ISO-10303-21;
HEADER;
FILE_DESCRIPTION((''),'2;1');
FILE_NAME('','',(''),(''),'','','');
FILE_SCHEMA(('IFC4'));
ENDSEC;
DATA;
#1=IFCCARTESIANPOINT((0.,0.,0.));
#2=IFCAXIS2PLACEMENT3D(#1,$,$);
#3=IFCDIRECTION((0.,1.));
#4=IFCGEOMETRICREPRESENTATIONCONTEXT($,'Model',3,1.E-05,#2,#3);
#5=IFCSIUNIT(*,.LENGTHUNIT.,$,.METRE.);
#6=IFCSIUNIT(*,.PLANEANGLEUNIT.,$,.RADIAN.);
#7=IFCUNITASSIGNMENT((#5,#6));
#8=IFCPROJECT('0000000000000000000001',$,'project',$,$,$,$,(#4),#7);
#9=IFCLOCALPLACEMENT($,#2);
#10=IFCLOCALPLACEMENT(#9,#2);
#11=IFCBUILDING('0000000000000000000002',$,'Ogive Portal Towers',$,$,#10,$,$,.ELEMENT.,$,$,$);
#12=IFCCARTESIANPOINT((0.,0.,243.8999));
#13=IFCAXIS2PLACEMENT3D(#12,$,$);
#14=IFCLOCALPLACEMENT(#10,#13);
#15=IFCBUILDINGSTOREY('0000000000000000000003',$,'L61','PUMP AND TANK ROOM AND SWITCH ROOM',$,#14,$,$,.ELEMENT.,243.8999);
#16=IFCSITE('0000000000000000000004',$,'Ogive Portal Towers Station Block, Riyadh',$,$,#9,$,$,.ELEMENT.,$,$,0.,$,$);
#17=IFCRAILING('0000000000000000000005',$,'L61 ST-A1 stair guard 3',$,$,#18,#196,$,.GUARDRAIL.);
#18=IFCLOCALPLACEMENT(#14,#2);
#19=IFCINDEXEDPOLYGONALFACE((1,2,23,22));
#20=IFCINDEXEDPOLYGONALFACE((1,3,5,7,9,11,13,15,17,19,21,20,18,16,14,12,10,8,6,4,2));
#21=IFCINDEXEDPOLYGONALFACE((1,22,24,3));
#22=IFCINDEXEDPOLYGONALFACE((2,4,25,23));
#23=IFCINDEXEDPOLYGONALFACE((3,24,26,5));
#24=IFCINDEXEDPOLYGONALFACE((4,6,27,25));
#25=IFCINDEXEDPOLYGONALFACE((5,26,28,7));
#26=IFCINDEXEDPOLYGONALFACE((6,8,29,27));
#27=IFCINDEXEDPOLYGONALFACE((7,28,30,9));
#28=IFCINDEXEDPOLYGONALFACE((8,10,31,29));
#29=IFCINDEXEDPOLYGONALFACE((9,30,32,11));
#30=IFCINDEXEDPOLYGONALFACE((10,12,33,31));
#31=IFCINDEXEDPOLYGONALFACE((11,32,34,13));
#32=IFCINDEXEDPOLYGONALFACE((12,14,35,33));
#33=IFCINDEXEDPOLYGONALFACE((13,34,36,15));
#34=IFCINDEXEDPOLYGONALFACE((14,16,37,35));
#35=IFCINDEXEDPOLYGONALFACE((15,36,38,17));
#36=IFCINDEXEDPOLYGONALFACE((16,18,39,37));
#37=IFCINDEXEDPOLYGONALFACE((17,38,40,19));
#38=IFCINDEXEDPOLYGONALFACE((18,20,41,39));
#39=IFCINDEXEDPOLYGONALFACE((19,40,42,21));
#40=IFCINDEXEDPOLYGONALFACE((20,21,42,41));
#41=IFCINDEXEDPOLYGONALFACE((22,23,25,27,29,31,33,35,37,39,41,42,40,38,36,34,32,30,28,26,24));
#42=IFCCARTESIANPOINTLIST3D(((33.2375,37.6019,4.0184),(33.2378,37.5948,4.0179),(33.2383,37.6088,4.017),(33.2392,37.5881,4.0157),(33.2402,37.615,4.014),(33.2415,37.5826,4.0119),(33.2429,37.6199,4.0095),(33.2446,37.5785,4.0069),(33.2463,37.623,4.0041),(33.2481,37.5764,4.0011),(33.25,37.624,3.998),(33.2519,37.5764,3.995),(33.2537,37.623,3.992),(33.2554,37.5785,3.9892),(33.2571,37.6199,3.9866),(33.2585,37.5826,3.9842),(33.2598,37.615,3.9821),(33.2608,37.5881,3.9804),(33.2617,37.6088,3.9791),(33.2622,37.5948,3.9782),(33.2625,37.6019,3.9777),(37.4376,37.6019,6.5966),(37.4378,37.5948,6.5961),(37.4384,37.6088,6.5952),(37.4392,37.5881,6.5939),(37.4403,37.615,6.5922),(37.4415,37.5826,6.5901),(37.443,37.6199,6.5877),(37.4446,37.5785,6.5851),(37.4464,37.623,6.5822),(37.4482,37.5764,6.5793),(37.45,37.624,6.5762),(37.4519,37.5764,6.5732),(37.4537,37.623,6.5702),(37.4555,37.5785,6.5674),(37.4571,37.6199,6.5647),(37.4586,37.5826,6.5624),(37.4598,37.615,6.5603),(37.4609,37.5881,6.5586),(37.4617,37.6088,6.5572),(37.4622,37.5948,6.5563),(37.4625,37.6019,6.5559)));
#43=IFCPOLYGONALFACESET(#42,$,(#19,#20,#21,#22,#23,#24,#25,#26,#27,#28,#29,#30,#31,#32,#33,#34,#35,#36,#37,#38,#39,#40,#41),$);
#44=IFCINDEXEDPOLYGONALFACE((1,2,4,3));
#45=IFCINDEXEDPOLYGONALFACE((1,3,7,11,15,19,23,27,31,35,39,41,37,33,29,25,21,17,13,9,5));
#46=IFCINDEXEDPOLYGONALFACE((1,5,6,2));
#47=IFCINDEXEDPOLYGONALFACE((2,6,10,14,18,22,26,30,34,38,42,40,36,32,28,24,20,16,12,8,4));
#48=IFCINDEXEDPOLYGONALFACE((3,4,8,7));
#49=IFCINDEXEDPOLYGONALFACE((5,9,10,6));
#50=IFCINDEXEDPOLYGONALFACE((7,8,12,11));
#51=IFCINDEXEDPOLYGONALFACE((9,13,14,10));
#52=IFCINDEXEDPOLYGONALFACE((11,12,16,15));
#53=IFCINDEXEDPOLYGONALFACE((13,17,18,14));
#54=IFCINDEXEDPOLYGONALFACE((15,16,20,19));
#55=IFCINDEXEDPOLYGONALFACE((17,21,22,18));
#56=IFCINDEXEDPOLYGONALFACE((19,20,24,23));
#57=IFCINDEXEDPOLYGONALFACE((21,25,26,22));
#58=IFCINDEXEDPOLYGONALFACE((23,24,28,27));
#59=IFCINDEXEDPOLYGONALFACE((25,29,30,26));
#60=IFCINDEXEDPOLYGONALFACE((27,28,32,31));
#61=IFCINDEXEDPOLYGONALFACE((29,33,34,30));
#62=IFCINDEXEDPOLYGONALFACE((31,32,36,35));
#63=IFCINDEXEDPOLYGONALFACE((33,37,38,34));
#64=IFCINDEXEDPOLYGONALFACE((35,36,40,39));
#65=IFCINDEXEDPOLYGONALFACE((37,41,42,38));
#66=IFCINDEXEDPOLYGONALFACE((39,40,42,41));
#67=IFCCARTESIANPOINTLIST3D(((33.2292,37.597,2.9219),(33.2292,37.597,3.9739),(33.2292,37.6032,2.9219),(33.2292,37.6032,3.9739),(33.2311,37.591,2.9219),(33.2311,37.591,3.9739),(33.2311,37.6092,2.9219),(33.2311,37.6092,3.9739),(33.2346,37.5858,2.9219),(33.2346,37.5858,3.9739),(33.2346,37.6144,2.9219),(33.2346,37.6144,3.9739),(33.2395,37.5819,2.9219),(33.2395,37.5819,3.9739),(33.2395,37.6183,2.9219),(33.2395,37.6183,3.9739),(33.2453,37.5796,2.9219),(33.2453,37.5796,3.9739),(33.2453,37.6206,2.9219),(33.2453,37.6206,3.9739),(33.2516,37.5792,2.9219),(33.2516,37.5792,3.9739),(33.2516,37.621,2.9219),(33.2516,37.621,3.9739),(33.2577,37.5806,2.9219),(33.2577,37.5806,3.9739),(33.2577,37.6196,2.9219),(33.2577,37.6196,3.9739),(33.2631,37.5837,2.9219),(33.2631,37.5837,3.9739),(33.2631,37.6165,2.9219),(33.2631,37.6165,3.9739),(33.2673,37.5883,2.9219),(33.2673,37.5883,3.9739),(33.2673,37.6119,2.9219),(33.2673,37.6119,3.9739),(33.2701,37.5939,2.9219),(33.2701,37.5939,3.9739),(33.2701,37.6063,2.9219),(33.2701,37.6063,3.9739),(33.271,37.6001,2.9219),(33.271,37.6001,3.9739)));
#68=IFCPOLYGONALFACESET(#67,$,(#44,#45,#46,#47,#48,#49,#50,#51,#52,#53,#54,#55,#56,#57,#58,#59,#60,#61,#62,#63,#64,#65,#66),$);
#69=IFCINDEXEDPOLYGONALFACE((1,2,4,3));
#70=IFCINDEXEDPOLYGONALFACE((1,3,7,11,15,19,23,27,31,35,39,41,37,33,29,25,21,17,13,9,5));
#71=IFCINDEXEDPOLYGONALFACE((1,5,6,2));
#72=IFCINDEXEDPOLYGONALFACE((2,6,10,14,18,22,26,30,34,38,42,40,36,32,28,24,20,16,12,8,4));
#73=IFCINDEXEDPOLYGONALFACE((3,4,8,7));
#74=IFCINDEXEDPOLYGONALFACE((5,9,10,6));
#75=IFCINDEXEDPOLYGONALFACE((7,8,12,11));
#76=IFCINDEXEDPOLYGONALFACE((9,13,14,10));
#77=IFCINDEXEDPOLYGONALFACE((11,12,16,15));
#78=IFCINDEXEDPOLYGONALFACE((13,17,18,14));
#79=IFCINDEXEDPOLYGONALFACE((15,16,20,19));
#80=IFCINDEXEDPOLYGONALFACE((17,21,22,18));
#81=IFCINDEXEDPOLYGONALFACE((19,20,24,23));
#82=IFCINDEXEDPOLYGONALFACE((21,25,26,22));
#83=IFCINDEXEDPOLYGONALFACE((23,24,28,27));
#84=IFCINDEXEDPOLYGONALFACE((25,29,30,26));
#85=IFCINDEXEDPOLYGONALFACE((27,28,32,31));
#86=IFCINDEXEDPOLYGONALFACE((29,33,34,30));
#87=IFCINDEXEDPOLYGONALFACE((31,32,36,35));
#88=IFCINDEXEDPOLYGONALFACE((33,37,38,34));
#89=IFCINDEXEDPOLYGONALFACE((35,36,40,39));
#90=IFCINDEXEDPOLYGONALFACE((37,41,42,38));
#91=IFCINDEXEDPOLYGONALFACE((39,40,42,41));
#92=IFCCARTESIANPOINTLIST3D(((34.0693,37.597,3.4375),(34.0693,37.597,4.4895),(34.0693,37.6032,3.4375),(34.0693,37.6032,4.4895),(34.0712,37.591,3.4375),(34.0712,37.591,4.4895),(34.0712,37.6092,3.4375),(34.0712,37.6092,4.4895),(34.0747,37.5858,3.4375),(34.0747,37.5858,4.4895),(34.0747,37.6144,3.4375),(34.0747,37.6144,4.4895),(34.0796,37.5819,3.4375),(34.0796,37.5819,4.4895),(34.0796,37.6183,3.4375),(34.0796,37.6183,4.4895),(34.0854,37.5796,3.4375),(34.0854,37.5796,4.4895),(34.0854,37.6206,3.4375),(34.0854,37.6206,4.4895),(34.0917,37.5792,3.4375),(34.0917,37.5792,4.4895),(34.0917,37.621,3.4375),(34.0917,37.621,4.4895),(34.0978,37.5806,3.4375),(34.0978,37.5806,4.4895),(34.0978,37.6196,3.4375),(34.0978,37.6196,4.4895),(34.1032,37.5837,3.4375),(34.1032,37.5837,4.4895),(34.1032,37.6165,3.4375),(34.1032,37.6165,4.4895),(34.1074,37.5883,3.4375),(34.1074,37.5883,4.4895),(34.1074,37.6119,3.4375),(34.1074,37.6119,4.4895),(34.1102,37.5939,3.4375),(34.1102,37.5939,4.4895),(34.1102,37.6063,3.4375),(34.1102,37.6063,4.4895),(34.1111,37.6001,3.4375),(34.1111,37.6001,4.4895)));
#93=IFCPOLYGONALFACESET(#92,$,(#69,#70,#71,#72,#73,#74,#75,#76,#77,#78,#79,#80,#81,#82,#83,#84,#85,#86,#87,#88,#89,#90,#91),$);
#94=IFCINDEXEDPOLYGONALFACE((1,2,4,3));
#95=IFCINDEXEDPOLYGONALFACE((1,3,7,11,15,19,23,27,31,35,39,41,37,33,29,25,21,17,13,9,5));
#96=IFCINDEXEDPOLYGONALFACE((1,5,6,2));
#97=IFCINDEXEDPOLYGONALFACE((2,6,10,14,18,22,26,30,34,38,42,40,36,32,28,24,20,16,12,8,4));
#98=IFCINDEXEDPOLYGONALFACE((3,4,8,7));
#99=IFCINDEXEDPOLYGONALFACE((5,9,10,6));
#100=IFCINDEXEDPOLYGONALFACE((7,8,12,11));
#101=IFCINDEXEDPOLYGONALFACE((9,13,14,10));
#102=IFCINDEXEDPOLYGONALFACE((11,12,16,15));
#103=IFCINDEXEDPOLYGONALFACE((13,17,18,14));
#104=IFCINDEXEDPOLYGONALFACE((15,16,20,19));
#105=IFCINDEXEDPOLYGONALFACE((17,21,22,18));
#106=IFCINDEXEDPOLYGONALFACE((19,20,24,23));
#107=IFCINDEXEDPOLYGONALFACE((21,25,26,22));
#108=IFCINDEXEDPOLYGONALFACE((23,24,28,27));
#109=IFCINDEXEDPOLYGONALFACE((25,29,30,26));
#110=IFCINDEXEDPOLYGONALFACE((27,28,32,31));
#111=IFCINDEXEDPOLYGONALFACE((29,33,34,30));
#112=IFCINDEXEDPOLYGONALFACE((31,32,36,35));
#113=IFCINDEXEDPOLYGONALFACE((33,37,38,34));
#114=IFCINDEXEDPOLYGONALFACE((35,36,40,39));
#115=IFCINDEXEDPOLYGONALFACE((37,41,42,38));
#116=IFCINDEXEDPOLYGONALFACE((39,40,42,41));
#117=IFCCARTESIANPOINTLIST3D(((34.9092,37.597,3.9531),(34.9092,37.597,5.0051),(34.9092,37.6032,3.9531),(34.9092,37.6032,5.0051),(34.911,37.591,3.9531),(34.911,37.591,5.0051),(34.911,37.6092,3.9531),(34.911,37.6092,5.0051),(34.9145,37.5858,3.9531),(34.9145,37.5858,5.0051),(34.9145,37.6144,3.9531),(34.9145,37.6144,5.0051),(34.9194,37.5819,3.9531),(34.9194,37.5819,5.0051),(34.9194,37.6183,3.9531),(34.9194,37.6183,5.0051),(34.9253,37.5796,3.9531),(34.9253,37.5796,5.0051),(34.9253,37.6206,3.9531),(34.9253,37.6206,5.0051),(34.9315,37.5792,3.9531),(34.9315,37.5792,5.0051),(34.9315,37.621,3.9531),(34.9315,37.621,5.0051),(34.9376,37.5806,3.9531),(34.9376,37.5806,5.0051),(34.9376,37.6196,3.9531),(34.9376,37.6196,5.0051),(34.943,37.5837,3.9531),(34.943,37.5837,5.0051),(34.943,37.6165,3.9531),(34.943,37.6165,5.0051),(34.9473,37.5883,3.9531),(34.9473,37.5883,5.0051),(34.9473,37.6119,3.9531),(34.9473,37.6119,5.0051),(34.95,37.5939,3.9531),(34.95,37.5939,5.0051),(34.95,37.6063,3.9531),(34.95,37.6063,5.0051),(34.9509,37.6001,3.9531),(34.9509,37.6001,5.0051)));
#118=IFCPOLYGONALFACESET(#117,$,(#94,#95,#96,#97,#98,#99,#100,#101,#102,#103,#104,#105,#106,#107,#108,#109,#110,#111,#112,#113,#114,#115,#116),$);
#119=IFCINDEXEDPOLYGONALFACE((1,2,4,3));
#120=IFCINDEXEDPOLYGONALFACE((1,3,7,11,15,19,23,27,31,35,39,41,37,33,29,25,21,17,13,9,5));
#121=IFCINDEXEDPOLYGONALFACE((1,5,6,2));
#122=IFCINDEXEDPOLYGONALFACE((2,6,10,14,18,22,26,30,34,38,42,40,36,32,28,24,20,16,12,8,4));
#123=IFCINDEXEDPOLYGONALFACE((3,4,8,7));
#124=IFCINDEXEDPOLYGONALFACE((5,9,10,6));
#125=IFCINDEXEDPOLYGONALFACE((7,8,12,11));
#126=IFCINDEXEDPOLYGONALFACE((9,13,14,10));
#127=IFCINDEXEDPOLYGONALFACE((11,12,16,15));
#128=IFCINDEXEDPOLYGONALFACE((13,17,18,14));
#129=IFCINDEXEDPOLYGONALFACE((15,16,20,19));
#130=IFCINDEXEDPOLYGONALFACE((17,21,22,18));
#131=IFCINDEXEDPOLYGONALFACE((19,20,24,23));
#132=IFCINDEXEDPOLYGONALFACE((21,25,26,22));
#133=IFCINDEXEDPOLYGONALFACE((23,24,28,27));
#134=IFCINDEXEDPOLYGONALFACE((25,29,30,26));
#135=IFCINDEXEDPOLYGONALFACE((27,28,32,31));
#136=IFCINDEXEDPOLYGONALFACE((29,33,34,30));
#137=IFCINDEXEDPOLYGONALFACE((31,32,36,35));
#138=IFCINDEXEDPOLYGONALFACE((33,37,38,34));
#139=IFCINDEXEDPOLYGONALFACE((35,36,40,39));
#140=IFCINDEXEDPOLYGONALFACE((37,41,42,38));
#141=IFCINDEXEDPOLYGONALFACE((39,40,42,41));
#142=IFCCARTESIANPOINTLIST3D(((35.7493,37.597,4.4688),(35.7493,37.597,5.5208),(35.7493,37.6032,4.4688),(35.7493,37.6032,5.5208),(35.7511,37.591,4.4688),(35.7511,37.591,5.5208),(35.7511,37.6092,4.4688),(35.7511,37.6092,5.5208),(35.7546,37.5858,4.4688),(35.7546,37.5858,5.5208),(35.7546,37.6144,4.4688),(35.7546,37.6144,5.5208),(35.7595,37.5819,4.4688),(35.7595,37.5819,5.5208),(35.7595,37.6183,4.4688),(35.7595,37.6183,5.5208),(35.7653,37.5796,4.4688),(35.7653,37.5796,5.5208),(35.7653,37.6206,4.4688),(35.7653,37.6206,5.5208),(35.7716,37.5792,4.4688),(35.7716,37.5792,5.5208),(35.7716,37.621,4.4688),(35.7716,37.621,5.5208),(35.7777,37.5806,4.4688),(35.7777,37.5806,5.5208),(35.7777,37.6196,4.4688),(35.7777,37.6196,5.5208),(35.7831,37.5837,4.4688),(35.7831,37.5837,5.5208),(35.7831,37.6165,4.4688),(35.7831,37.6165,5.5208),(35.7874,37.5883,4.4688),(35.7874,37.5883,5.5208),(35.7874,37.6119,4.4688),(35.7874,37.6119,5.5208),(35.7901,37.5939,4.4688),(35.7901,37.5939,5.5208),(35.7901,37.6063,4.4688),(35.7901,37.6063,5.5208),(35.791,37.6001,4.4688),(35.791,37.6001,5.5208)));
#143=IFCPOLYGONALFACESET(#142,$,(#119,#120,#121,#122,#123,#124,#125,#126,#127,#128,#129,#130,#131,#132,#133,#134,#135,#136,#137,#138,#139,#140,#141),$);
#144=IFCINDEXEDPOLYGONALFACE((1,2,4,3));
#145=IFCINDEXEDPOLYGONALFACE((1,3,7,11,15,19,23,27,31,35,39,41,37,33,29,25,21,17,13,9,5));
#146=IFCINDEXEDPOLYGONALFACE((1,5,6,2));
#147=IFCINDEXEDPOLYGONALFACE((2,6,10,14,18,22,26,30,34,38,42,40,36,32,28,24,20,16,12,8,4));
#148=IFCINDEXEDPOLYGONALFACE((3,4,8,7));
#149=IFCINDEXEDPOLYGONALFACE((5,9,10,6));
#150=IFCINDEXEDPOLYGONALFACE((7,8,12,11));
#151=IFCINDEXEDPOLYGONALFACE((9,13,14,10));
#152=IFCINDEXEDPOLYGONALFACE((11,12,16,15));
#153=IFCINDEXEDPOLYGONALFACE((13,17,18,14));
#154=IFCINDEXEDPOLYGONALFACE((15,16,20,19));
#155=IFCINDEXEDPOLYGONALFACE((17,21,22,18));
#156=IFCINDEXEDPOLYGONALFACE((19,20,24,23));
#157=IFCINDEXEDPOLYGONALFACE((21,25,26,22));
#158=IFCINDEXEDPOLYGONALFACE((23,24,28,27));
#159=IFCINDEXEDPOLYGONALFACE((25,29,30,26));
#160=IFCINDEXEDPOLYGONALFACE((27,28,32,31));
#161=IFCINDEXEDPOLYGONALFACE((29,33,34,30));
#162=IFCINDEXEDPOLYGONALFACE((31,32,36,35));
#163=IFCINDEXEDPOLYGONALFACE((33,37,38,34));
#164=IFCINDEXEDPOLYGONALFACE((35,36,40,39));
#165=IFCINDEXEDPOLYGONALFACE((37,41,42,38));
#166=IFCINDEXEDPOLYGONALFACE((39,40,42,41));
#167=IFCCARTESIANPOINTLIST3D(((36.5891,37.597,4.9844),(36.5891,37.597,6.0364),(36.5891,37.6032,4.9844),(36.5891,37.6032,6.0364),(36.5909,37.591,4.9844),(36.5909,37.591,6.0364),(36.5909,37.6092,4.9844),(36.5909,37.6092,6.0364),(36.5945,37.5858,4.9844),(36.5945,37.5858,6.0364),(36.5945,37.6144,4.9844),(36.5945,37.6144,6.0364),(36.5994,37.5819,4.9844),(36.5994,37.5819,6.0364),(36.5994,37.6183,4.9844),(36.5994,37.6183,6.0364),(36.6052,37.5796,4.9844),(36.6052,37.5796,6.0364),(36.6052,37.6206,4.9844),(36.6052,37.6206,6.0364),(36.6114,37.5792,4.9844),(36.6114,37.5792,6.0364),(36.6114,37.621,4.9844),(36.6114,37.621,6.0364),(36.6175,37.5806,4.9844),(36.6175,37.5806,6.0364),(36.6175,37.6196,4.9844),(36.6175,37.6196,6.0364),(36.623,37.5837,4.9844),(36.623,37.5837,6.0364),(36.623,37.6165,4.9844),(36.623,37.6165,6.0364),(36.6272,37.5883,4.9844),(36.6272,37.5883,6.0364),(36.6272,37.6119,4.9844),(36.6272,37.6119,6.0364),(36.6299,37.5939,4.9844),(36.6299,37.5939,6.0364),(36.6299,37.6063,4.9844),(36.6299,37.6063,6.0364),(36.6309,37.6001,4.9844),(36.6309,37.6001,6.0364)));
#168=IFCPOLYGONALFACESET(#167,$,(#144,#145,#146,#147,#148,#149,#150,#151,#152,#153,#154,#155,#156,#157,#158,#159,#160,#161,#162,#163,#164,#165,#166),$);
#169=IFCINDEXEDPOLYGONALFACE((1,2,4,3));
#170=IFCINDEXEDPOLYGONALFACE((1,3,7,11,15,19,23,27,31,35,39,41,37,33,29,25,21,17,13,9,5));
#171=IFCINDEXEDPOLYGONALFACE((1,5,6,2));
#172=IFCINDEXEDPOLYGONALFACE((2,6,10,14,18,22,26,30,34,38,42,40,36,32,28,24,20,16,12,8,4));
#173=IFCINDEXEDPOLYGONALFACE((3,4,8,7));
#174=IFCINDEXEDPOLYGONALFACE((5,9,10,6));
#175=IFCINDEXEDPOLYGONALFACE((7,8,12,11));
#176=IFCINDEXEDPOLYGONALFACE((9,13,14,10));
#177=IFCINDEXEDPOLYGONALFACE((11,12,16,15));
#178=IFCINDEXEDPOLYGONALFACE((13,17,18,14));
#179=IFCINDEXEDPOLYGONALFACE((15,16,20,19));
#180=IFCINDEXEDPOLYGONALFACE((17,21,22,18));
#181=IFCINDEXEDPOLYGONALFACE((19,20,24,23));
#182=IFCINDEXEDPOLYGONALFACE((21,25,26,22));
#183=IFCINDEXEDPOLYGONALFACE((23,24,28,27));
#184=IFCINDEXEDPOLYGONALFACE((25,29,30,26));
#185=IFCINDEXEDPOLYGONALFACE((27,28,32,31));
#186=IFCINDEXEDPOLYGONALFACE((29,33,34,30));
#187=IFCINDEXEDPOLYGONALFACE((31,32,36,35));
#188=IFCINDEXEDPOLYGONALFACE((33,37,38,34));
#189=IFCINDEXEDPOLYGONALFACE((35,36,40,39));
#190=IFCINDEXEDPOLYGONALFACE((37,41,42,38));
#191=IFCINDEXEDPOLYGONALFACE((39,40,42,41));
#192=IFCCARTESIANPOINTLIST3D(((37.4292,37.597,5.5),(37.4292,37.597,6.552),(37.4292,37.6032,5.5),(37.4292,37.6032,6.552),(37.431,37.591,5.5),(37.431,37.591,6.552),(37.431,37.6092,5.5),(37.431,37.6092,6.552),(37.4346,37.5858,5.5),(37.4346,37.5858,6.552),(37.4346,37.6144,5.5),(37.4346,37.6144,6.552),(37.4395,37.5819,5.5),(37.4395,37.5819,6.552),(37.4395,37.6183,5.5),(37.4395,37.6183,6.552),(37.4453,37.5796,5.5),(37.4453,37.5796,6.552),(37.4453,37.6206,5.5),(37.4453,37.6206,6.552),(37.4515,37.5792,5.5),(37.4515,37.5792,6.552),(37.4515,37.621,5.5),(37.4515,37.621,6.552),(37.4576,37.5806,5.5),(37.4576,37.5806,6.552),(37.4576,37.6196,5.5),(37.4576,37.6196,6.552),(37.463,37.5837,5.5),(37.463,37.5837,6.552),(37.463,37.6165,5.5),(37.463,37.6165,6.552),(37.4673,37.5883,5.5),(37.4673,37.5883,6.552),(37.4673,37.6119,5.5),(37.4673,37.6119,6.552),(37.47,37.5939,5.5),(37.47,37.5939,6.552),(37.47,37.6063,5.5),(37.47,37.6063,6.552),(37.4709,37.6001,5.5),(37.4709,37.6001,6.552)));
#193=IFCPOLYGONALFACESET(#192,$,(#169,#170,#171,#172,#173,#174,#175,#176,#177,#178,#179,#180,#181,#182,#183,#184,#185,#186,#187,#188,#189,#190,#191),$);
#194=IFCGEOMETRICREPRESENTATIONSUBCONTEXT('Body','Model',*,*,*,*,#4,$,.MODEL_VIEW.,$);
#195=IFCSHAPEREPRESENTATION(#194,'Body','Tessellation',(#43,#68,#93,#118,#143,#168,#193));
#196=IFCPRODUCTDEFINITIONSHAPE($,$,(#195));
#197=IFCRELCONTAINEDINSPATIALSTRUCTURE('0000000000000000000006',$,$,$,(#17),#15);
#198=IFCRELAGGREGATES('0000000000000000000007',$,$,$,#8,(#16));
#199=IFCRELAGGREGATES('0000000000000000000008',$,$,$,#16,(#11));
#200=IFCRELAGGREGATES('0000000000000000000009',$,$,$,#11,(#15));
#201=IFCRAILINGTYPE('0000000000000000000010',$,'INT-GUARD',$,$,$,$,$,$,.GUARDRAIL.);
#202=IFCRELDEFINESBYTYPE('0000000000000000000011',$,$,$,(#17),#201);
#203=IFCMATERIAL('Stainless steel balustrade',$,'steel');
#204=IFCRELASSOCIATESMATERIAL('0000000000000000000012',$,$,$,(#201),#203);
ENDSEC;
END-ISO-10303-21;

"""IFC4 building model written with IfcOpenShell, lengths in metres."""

from ifc_helpers import new_model, si_unit, direction, frame, origin, origin_2d, place, context, subcontext, project, spatial, circle, extrude, material, type_object, element, save


model = new_model("IFC4")

# Units and contexts
model_context = context("Model", 3, precision=1e-05, world=origin(), true_north=direction((0.0, 1.0)))
body_context = subcontext(model_context, "Body", "Model", "MODEL_VIEW")
ifc_project = project(units=[si_unit("LENGTHUNIT", "METRE"), si_unit("PLANEANGLEUNIT", "RADIAN")], contexts=[model_context])

# Site, building, storey
site_placement = place(None, origin())
site = spatial("IfcSite", under=ifc_project, at=site_placement, Name="Ogive Portal Towers Station Block, Riyadh", CompositionType="ELEMENT", RefElevation=0.0)
building_placement = place(site_placement, origin())
building = spatial("IfcBuilding", under=site, at=building_placement, Name="Ogive Portal Towers", CompositionType="ELEMENT")
storey_placement = place(building_placement, frame((0.0, 0.0, 243.8999)))
storey = spatial("IfcBuildingStorey", under=building, at=storey_placement, Name="L61", Description="PUMP AND TANK ROOM AND SWITCH ROOM", CompositionType="ELEMENT", Elevation=243.8999)

# Railing
ifc_material_1 = material(Name="Stainless steel balustrade", Category="steel")
railing_type_1 = type_object("IfcRailingType", Name="INT-GUARD", PredefinedType="GUARDRAIL", material=ifc_material_1)
railing_1_placement = place(storey_placement, frame((33.25, 37.6001, 2.9219)))
element("IfcRailing", 1, at=railing_1_placement, inside=storey, type_object=railing_type_1, Name="L61 ST-A1 stair guard 3", PredefinedType="GUARDRAIL", context=body_context, shape_type="SweptSolid", body=[
    extrude(circle(Radius=0.0239, at=origin_2d()), frame((0.0, 0.0, 1.0762), z_axis=(0.852243, 0.0, 0.523146), x_axis=(0.0, 1.0, 0.0)), (0.0, 0.0, 1.0), 4.9282),
    extrude(circle(Radius=0.021, at=origin_2d()), origin(), (0.0, 0.0, 1.0), 1.052),
    extrude(circle(Radius=0.021, at=origin_2d()), frame((0.8401, 0.0, 0.5156)), (0.0, 0.0, 1.0), 1.052),
    extrude(circle(Radius=0.021, at=origin_2d()), frame((1.6799, 0.0, 1.0312)), (0.0, 0.0, 1.0), 1.052),
    extrude(circle(Radius=0.021, at=origin_2d()), frame((2.52, 0.0, 1.5469)), (0.0, 0.0, 1.0), 1.052),
    extrude(circle(Radius=0.021, at=origin_2d()), frame((3.3599, 0.0, 2.0625)), (0.0, 0.0, 1.0), 1.052),
    extrude(circle(Radius=0.021, at=origin_2d()), frame((4.2, 0.0, 2.5781)), (0.0, 0.0, 1.0), 1.052),
])

save(model, "model.ifc")
